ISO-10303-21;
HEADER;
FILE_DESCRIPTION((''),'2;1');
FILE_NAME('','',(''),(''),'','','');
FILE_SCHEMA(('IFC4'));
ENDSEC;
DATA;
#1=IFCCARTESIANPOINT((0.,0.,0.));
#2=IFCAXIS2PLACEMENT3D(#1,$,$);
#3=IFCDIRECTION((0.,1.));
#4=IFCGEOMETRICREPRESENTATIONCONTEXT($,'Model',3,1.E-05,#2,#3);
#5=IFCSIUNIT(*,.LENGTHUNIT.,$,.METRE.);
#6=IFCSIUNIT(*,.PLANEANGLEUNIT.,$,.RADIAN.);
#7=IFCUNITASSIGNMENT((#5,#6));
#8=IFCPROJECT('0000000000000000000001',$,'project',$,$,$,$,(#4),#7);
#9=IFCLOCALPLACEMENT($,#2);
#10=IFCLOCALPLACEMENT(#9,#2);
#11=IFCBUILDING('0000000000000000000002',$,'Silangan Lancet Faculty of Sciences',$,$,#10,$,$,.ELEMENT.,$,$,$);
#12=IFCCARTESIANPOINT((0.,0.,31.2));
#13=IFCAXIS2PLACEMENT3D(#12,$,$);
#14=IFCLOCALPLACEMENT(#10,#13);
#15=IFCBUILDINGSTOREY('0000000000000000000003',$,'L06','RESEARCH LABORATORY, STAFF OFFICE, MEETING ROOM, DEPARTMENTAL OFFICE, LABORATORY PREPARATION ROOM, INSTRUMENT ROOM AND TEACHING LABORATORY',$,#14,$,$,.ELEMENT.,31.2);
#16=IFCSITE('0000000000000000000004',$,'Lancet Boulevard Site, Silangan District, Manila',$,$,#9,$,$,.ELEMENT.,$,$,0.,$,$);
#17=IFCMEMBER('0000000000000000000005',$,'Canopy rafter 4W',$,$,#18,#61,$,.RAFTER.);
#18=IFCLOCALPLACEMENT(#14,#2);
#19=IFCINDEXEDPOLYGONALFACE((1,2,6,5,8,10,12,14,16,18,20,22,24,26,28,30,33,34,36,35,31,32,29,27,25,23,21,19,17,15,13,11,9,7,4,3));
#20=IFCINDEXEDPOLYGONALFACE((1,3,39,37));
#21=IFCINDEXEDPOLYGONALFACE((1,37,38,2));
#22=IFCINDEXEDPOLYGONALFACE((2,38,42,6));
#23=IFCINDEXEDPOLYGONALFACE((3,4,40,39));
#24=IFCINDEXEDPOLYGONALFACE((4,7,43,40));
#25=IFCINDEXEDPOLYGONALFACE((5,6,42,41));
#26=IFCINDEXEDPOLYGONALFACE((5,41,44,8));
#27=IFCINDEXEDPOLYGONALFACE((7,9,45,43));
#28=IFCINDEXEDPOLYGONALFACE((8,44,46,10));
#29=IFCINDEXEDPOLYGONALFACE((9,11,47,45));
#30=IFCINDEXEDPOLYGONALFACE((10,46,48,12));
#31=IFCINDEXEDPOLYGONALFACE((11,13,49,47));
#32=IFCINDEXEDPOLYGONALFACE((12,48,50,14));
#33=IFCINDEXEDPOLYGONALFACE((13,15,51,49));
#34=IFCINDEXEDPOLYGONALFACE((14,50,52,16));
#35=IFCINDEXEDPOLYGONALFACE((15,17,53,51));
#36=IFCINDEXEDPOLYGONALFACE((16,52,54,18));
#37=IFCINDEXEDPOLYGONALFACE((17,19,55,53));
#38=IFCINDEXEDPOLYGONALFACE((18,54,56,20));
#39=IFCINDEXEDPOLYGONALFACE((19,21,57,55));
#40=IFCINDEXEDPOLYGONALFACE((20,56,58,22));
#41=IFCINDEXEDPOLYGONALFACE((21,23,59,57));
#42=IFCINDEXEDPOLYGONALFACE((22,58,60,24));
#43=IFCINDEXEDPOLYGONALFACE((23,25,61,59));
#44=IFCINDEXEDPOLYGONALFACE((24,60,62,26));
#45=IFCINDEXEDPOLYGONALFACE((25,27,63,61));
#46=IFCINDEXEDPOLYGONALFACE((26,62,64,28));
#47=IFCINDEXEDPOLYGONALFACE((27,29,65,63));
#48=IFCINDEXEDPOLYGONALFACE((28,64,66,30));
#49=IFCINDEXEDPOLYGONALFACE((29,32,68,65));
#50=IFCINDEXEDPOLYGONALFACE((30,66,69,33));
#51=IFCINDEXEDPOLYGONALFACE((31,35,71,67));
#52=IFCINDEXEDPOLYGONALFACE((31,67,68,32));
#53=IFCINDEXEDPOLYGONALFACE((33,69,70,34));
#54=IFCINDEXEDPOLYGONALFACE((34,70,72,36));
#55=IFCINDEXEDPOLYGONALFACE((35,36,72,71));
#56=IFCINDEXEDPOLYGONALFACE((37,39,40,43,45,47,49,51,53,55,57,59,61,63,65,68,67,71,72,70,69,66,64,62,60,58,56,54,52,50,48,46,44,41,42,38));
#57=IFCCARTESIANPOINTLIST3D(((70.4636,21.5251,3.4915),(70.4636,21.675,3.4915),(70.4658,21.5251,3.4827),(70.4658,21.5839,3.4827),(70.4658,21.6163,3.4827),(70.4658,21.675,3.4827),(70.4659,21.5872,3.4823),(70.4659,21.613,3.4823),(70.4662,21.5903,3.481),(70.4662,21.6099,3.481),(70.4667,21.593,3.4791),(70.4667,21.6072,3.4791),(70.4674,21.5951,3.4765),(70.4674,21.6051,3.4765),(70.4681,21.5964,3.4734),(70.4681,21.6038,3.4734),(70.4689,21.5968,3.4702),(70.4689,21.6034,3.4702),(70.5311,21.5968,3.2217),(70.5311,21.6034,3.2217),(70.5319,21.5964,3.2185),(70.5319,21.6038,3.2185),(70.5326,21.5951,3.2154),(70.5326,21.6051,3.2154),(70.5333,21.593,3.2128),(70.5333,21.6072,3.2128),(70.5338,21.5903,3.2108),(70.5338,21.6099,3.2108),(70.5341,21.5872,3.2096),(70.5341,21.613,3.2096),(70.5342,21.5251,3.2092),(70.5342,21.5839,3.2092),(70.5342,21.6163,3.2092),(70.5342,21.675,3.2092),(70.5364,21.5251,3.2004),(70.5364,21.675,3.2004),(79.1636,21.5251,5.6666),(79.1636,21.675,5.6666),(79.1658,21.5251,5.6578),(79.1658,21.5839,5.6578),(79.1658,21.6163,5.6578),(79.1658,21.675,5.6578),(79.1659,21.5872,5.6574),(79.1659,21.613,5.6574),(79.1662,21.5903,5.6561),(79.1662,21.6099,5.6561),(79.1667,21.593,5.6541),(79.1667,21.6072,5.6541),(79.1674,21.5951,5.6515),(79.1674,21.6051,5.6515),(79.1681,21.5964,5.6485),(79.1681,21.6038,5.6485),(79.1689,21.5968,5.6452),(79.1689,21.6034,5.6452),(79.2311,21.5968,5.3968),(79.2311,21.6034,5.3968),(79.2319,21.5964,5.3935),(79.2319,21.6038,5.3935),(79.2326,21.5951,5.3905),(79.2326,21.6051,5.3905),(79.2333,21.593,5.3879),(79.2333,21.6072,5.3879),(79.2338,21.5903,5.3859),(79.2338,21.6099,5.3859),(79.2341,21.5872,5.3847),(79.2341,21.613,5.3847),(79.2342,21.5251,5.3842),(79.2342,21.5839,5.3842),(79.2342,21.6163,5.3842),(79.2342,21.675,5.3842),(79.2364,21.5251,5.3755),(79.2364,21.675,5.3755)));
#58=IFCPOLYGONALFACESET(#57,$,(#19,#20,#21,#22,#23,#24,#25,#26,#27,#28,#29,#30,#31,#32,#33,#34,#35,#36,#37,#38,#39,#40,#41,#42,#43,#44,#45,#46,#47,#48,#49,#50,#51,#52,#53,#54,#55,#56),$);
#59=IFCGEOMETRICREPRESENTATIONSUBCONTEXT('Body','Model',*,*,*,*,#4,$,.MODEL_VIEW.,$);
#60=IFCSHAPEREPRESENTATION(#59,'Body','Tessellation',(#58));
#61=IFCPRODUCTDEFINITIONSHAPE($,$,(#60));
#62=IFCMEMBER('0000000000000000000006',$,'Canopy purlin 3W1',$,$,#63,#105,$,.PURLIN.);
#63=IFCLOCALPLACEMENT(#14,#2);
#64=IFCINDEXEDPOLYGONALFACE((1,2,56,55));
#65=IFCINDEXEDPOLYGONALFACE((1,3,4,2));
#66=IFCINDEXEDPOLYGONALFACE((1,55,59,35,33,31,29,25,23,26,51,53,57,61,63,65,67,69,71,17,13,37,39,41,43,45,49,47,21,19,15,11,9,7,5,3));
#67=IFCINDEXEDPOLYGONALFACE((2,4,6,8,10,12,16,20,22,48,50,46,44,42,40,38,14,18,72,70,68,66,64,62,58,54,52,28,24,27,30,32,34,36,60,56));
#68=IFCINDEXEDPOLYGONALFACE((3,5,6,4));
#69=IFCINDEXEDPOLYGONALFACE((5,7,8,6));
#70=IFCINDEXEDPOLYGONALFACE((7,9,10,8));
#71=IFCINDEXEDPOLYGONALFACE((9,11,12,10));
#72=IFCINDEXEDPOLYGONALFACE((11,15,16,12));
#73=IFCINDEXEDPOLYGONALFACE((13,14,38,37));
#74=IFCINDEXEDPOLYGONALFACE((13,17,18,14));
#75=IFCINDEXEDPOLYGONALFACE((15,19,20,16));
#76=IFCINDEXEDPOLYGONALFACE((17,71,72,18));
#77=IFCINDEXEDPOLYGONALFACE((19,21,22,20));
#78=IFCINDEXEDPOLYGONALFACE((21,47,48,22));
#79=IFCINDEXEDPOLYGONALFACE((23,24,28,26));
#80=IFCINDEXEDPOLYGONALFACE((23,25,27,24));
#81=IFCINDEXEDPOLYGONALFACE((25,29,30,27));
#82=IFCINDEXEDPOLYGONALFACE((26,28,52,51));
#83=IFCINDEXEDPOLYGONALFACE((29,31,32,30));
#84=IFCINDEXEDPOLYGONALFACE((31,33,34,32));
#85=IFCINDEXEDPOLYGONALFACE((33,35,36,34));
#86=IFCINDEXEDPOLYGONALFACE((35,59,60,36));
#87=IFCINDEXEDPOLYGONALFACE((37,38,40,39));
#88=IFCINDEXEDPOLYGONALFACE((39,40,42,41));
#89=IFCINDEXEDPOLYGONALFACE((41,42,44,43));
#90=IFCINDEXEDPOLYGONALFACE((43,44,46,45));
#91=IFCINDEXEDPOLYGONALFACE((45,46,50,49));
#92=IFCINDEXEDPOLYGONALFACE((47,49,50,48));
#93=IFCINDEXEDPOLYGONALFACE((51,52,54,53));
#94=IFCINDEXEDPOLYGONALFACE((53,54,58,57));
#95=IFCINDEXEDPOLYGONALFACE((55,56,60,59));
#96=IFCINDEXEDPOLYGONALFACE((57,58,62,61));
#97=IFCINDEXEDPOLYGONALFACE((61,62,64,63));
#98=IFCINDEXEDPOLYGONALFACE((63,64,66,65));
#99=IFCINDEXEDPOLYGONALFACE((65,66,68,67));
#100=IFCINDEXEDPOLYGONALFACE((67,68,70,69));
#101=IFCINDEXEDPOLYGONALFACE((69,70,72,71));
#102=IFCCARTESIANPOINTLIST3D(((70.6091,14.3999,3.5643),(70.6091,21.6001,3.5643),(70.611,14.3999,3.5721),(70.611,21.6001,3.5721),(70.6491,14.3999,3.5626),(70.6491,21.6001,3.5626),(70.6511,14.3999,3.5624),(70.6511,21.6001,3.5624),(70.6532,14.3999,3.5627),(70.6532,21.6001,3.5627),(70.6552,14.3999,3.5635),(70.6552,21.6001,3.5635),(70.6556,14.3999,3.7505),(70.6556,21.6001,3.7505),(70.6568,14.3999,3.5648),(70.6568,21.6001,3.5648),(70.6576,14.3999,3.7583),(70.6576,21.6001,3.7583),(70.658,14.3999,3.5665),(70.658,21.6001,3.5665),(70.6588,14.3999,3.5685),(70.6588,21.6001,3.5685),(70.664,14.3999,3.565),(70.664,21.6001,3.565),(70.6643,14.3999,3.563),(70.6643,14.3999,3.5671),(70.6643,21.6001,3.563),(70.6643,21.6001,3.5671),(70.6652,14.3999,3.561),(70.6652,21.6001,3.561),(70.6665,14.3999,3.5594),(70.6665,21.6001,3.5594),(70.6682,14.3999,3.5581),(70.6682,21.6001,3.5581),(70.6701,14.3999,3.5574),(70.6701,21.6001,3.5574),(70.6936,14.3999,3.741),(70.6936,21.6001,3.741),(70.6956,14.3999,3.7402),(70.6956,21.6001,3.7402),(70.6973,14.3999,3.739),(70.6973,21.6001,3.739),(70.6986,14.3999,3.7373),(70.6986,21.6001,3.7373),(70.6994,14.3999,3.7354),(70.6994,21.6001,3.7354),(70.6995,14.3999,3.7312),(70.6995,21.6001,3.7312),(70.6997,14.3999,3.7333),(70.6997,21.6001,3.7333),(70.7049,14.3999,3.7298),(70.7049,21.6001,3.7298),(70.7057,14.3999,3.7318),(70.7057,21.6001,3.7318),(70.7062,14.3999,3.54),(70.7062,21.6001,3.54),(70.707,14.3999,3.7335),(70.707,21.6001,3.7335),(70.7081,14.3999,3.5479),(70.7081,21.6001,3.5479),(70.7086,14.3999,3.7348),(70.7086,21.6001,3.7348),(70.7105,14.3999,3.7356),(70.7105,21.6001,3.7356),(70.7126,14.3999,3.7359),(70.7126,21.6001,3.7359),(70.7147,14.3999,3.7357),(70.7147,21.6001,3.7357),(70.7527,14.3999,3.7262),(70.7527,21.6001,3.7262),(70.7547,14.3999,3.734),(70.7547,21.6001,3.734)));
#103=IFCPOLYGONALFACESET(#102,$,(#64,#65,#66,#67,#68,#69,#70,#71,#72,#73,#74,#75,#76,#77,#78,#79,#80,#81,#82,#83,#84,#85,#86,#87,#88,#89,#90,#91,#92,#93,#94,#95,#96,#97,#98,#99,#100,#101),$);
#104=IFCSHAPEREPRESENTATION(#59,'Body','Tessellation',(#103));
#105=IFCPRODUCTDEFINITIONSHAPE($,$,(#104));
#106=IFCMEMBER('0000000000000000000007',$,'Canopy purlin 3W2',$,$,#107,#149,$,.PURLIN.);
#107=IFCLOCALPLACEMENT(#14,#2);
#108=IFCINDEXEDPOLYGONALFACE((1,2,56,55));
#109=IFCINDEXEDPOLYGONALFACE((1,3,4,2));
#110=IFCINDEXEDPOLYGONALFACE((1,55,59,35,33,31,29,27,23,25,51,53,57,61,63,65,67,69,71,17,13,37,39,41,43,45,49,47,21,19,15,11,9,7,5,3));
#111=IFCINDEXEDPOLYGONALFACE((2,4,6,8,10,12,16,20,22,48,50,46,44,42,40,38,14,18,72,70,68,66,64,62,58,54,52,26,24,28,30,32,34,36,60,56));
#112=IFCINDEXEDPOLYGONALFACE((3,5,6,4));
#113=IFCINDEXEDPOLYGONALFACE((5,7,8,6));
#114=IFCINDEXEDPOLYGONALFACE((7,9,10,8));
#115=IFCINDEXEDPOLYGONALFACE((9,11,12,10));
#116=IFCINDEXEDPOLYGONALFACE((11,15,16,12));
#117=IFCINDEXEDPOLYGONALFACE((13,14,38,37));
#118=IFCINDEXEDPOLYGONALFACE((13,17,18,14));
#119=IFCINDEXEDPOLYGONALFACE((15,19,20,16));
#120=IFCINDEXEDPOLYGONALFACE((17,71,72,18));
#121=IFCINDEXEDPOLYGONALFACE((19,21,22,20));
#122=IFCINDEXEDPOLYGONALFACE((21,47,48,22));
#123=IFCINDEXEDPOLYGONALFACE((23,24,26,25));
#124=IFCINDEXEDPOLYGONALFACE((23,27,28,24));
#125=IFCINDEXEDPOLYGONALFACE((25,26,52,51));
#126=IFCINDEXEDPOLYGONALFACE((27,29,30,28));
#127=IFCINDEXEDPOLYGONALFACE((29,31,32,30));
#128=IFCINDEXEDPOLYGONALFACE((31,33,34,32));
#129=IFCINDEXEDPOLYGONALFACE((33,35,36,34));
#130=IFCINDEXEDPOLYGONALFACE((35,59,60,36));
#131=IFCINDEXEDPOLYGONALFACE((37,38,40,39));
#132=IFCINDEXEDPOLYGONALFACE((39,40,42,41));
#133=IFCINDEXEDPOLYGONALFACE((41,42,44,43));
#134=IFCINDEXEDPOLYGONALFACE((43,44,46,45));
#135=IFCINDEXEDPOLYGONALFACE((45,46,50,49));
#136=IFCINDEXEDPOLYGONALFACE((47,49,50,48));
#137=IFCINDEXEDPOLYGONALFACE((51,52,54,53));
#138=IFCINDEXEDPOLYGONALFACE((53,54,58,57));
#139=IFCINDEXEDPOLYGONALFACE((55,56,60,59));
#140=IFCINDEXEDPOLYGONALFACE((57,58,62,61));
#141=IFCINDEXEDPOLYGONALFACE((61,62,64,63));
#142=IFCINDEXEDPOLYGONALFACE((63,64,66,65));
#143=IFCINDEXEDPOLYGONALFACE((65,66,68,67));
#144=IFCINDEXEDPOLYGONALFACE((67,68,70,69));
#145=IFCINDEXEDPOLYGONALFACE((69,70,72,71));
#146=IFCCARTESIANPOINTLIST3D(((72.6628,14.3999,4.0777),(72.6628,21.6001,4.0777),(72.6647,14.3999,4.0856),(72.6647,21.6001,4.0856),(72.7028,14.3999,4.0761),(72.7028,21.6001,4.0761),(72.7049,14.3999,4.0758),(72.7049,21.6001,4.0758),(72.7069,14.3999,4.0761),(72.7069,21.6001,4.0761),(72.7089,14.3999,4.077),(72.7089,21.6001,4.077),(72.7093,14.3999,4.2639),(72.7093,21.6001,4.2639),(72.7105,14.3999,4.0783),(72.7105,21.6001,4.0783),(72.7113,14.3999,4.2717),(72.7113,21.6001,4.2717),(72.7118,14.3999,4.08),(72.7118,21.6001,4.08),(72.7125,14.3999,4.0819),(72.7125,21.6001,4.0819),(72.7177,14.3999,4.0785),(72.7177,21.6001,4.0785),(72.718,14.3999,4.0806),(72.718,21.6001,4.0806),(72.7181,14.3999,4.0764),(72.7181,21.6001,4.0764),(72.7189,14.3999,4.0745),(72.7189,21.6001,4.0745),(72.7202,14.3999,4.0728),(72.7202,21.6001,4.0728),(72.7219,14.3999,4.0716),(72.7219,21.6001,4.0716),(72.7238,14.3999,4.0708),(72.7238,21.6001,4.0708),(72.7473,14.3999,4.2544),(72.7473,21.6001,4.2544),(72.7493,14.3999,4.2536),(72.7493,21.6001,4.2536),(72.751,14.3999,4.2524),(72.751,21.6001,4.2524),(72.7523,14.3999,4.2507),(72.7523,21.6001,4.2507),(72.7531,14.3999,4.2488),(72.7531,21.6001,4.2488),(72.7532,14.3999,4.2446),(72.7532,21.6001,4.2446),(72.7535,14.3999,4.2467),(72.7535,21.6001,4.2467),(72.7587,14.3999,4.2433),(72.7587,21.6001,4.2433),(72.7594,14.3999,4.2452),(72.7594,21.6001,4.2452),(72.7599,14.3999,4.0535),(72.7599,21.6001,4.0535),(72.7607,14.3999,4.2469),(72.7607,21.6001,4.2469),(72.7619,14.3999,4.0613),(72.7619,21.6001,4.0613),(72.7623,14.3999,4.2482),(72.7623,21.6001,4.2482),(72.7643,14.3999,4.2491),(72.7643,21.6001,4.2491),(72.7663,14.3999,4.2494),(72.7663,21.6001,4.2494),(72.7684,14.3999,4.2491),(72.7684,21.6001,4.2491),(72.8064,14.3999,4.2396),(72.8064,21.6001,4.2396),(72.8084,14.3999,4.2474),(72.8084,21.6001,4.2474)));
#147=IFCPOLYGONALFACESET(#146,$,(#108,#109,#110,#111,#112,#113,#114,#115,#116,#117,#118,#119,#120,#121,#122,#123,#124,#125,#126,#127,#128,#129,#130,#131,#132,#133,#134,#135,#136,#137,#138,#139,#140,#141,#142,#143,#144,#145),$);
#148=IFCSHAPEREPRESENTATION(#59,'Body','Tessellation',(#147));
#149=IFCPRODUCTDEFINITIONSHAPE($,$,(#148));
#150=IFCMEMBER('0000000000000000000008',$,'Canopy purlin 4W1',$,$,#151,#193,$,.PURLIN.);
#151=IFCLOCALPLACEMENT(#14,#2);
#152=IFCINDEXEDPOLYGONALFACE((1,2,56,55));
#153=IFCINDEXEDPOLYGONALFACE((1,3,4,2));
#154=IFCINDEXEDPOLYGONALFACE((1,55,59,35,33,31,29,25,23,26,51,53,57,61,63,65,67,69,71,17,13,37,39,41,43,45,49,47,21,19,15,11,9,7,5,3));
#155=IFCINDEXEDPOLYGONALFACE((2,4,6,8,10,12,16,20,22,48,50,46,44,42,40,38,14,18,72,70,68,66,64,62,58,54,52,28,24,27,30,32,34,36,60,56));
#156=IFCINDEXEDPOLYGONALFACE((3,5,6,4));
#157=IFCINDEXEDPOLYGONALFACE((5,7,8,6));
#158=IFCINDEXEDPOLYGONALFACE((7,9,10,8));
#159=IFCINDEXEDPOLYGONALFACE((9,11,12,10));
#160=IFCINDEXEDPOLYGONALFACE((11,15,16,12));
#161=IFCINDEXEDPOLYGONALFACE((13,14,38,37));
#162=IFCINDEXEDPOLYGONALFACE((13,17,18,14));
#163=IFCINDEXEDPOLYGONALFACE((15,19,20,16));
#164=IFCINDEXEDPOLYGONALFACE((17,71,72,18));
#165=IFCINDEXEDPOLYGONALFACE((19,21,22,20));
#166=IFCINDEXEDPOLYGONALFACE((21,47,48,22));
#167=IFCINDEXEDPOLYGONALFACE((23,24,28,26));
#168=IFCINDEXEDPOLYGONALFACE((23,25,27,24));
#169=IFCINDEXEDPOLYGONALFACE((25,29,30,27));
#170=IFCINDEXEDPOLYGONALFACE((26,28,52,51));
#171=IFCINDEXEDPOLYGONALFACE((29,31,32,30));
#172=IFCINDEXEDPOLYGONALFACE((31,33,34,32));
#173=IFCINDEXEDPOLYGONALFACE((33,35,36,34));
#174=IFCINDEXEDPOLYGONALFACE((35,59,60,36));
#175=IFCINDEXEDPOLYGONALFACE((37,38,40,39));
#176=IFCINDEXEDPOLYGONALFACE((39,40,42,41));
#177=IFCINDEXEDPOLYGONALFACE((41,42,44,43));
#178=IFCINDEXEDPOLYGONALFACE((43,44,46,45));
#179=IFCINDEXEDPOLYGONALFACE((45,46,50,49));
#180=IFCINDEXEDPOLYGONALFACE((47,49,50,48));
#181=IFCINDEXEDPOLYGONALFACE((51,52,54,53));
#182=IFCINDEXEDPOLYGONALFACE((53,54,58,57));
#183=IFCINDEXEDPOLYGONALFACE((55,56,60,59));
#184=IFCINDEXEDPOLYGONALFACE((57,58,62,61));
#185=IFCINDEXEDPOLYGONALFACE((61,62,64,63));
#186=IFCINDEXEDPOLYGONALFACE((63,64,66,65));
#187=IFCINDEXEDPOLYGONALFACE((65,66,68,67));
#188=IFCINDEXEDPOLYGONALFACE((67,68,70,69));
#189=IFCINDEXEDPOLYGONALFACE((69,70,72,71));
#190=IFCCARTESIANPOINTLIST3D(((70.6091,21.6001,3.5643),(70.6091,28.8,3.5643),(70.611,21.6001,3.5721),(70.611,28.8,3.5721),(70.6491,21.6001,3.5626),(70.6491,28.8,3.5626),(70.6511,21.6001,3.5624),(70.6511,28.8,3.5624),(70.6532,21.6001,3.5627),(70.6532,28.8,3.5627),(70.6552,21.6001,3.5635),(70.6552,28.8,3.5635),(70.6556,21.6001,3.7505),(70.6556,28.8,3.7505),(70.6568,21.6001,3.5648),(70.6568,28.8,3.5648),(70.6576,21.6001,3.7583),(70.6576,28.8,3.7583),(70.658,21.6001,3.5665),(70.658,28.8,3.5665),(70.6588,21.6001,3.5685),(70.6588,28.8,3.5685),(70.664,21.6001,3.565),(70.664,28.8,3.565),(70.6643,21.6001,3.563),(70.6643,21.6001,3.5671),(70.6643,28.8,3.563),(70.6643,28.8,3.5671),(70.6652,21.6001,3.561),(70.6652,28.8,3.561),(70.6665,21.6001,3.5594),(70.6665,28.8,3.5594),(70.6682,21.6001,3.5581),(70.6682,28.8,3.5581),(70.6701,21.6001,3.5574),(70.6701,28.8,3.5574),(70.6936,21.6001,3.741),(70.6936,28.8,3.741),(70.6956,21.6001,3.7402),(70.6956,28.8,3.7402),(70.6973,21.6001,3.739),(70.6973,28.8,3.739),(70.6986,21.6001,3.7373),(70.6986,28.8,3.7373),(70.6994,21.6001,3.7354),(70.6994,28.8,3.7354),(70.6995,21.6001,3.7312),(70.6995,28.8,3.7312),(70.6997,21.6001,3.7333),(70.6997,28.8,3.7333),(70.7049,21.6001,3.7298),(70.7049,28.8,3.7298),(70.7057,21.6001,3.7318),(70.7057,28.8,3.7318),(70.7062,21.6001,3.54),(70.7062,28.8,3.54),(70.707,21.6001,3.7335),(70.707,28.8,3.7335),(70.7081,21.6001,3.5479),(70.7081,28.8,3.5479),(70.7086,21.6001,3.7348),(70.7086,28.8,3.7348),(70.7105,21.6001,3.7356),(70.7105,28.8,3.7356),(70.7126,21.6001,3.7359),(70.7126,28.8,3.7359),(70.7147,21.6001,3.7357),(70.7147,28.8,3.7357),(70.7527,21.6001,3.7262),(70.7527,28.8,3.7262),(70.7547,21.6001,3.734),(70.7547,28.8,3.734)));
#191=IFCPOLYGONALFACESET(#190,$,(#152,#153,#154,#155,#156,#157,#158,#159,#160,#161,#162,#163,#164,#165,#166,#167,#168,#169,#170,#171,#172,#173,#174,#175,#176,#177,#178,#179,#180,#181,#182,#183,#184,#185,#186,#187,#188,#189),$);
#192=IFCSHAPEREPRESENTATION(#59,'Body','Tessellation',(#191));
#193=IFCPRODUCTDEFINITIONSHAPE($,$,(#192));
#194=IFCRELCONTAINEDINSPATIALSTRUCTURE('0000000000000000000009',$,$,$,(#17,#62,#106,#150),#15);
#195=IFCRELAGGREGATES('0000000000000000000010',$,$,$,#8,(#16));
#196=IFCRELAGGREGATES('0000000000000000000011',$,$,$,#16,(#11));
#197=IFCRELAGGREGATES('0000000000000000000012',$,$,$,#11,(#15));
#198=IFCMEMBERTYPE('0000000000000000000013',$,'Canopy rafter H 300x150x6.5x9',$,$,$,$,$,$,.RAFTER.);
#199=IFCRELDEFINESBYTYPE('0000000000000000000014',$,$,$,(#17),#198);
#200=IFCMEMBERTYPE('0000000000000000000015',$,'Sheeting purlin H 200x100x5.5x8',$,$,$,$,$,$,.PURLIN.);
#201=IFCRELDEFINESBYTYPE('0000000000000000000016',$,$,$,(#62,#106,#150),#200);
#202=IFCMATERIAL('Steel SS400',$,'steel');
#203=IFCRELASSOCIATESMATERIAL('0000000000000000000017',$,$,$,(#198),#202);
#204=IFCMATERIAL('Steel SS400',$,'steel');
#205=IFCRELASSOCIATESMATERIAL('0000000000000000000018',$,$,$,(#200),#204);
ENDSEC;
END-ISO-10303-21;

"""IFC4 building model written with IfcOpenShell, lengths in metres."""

from ifc_helpers import new_model, si_unit, direction, frame, origin, origin_2d, place, context, subcontext, project, spatial, i_section, extrude, material, material_profile, profile_set, type_object, element, save


model = new_model("IFC4")

# Units and contexts
model_context = context("Model", 3, precision=1e-05, world=origin(), true_north=direction((0.0, 1.0)))
body_context = subcontext(model_context, "Body", "Model", "MODEL_VIEW")
ifc_project = project(units=[si_unit("LENGTHUNIT", "METRE"), si_unit("PLANEANGLEUNIT", "RADIAN")], contexts=[model_context])

# Site, building, storey
site_placement = place(None, origin())
site = spatial("IfcSite", under=ifc_project, at=site_placement, Name="Lancet Boulevard Site, Silangan District, Manila", CompositionType="ELEMENT", RefElevation=0.0)
building_placement = place(site_placement, origin())
building = spatial("IfcBuilding", under=site, at=building_placement, Name="Silangan Lancet Faculty of Sciences", CompositionType="ELEMENT")
storey_placement = place(building_placement, frame((0.0, 0.0, 31.2)))
storey = spatial("IfcBuildingStorey", under=building, at=storey_placement, Name="L06", Description="RESEARCH LABORATORY, STAFF OFFICE, MEETING ROOM, DEPARTMENTAL OFFICE, LABORATORY PREPARATION ROOM, INSTRUMENT ROOM AND TEACHING LABORATORY", CompositionType="ELEMENT", Elevation=31.2)

# Members
ifc_material_1 = material(Name="Steel SS400", Category="steel")
ifc_material_profile_1 = material_profile(ifc_material_1, i_section(OverallWidth=0.1499, OverallDepth=0.3, WebThickness=0.0066, FlangeThickness=0.009, FilletRadius=0.0129, at=origin_2d()), Name="H 300x150x6.5x9")
ifc_profile_set_1 = profile_set([ifc_material_profile_1], Name="Steel SS400")
member_type_1 = type_object("IfcMemberType", Name="Canopy rafter H 300x150x6.5x9", PredefinedType="RAFTER", material=ifc_profile_set_1)
for number, where, z_axis, x_axis, name in (
    (1, (70.5, 21.6001, 3.3459), (0.970141, 0.0, 0.242542), (0.0, 1.0, 0.0), "Canopy rafter 4W"),
):
    element("IfcMember", number, at=place(storey_placement, frame(where, z_axis=z_axis, x_axis=x_axis)), inside=storey, type_object=member_type_1, Name=name, PredefinedType="RAFTER", context=body_context, shape_type="SweptSolid", body=[
        extrude(i_section(OverallWidth=0.1499, OverallDepth=0.3, WebThickness=0.0066, FlangeThickness=0.009, FilletRadius=0.0129, at=origin_2d()), origin(), (0.0, 0.0, 1.0), 8.9678),
    ])
ifc_material_2 = material(Name="Steel SS400", Category="steel")
ifc_material_profile_2 = material_profile(ifc_material_2, i_section(OverallWidth=0.1001, OverallDepth=0.2, WebThickness=0.0056, FlangeThickness=0.0081, FilletRadius=0.0081, at=origin_2d()), Name="H 200x100x5.5x8")
ifc_profile_set_2 = profile_set([ifc_material_profile_2], Name="Steel SS400")
member_type_2 = type_object("IfcMemberType", Name="Sheeting purlin H 200x100x5.5x8", PredefinedType="PURLIN", material=ifc_profile_set_2)
for number, where, z_axis, x_axis, name in (
    (2, (70.6819, 14.3999, 3.6492), (0.0, 1.0, 0.0), (-0.970143, 0.0, 0.242536), "Canopy purlin 3W1"),
    (3, (72.7356, 14.3999, 4.1626), (0.0, 1.0, 0.0), (-0.970143, 0.0, 0.242536), "Canopy purlin 3W2"),
):
    element("IfcMember", number, at=place(storey_placement, frame(where, z_axis=z_axis, x_axis=x_axis)), inside=storey, type_object=member_type_2, Name=name, PredefinedType="PURLIN", context=body_context, shape_type="SweptSolid", body=[
        extrude(i_section(OverallWidth=0.1001, OverallDepth=0.2, WebThickness=0.0056, FlangeThickness=0.0081, FilletRadius=0.0081, at=origin_2d()), origin(), (0.0, 0.0, 1.0), 7.2002),
    ])
member_placement = place(storey_placement, frame((70.6819, 21.6001, 3.6492), z_axis=(0.0, 1.0, 0.0), x_axis=(-0.970143, 0.0, 0.242536)))
element("IfcMember", 4, at=member_placement, inside=storey, type_object=member_type_2, Name="Canopy purlin 4W1", PredefinedType="PURLIN", context=body_context, shape_type="SweptSolid", body=[
    extrude(i_section(OverallWidth=0.1001, OverallDepth=0.2, WebThickness=0.0056, FlangeThickness=0.0081, FilletRadius=0.0081, at=origin_2d()), origin(), (0.0, 0.0, 1.0), 7.2),
])

save(model, "model.ifc")
